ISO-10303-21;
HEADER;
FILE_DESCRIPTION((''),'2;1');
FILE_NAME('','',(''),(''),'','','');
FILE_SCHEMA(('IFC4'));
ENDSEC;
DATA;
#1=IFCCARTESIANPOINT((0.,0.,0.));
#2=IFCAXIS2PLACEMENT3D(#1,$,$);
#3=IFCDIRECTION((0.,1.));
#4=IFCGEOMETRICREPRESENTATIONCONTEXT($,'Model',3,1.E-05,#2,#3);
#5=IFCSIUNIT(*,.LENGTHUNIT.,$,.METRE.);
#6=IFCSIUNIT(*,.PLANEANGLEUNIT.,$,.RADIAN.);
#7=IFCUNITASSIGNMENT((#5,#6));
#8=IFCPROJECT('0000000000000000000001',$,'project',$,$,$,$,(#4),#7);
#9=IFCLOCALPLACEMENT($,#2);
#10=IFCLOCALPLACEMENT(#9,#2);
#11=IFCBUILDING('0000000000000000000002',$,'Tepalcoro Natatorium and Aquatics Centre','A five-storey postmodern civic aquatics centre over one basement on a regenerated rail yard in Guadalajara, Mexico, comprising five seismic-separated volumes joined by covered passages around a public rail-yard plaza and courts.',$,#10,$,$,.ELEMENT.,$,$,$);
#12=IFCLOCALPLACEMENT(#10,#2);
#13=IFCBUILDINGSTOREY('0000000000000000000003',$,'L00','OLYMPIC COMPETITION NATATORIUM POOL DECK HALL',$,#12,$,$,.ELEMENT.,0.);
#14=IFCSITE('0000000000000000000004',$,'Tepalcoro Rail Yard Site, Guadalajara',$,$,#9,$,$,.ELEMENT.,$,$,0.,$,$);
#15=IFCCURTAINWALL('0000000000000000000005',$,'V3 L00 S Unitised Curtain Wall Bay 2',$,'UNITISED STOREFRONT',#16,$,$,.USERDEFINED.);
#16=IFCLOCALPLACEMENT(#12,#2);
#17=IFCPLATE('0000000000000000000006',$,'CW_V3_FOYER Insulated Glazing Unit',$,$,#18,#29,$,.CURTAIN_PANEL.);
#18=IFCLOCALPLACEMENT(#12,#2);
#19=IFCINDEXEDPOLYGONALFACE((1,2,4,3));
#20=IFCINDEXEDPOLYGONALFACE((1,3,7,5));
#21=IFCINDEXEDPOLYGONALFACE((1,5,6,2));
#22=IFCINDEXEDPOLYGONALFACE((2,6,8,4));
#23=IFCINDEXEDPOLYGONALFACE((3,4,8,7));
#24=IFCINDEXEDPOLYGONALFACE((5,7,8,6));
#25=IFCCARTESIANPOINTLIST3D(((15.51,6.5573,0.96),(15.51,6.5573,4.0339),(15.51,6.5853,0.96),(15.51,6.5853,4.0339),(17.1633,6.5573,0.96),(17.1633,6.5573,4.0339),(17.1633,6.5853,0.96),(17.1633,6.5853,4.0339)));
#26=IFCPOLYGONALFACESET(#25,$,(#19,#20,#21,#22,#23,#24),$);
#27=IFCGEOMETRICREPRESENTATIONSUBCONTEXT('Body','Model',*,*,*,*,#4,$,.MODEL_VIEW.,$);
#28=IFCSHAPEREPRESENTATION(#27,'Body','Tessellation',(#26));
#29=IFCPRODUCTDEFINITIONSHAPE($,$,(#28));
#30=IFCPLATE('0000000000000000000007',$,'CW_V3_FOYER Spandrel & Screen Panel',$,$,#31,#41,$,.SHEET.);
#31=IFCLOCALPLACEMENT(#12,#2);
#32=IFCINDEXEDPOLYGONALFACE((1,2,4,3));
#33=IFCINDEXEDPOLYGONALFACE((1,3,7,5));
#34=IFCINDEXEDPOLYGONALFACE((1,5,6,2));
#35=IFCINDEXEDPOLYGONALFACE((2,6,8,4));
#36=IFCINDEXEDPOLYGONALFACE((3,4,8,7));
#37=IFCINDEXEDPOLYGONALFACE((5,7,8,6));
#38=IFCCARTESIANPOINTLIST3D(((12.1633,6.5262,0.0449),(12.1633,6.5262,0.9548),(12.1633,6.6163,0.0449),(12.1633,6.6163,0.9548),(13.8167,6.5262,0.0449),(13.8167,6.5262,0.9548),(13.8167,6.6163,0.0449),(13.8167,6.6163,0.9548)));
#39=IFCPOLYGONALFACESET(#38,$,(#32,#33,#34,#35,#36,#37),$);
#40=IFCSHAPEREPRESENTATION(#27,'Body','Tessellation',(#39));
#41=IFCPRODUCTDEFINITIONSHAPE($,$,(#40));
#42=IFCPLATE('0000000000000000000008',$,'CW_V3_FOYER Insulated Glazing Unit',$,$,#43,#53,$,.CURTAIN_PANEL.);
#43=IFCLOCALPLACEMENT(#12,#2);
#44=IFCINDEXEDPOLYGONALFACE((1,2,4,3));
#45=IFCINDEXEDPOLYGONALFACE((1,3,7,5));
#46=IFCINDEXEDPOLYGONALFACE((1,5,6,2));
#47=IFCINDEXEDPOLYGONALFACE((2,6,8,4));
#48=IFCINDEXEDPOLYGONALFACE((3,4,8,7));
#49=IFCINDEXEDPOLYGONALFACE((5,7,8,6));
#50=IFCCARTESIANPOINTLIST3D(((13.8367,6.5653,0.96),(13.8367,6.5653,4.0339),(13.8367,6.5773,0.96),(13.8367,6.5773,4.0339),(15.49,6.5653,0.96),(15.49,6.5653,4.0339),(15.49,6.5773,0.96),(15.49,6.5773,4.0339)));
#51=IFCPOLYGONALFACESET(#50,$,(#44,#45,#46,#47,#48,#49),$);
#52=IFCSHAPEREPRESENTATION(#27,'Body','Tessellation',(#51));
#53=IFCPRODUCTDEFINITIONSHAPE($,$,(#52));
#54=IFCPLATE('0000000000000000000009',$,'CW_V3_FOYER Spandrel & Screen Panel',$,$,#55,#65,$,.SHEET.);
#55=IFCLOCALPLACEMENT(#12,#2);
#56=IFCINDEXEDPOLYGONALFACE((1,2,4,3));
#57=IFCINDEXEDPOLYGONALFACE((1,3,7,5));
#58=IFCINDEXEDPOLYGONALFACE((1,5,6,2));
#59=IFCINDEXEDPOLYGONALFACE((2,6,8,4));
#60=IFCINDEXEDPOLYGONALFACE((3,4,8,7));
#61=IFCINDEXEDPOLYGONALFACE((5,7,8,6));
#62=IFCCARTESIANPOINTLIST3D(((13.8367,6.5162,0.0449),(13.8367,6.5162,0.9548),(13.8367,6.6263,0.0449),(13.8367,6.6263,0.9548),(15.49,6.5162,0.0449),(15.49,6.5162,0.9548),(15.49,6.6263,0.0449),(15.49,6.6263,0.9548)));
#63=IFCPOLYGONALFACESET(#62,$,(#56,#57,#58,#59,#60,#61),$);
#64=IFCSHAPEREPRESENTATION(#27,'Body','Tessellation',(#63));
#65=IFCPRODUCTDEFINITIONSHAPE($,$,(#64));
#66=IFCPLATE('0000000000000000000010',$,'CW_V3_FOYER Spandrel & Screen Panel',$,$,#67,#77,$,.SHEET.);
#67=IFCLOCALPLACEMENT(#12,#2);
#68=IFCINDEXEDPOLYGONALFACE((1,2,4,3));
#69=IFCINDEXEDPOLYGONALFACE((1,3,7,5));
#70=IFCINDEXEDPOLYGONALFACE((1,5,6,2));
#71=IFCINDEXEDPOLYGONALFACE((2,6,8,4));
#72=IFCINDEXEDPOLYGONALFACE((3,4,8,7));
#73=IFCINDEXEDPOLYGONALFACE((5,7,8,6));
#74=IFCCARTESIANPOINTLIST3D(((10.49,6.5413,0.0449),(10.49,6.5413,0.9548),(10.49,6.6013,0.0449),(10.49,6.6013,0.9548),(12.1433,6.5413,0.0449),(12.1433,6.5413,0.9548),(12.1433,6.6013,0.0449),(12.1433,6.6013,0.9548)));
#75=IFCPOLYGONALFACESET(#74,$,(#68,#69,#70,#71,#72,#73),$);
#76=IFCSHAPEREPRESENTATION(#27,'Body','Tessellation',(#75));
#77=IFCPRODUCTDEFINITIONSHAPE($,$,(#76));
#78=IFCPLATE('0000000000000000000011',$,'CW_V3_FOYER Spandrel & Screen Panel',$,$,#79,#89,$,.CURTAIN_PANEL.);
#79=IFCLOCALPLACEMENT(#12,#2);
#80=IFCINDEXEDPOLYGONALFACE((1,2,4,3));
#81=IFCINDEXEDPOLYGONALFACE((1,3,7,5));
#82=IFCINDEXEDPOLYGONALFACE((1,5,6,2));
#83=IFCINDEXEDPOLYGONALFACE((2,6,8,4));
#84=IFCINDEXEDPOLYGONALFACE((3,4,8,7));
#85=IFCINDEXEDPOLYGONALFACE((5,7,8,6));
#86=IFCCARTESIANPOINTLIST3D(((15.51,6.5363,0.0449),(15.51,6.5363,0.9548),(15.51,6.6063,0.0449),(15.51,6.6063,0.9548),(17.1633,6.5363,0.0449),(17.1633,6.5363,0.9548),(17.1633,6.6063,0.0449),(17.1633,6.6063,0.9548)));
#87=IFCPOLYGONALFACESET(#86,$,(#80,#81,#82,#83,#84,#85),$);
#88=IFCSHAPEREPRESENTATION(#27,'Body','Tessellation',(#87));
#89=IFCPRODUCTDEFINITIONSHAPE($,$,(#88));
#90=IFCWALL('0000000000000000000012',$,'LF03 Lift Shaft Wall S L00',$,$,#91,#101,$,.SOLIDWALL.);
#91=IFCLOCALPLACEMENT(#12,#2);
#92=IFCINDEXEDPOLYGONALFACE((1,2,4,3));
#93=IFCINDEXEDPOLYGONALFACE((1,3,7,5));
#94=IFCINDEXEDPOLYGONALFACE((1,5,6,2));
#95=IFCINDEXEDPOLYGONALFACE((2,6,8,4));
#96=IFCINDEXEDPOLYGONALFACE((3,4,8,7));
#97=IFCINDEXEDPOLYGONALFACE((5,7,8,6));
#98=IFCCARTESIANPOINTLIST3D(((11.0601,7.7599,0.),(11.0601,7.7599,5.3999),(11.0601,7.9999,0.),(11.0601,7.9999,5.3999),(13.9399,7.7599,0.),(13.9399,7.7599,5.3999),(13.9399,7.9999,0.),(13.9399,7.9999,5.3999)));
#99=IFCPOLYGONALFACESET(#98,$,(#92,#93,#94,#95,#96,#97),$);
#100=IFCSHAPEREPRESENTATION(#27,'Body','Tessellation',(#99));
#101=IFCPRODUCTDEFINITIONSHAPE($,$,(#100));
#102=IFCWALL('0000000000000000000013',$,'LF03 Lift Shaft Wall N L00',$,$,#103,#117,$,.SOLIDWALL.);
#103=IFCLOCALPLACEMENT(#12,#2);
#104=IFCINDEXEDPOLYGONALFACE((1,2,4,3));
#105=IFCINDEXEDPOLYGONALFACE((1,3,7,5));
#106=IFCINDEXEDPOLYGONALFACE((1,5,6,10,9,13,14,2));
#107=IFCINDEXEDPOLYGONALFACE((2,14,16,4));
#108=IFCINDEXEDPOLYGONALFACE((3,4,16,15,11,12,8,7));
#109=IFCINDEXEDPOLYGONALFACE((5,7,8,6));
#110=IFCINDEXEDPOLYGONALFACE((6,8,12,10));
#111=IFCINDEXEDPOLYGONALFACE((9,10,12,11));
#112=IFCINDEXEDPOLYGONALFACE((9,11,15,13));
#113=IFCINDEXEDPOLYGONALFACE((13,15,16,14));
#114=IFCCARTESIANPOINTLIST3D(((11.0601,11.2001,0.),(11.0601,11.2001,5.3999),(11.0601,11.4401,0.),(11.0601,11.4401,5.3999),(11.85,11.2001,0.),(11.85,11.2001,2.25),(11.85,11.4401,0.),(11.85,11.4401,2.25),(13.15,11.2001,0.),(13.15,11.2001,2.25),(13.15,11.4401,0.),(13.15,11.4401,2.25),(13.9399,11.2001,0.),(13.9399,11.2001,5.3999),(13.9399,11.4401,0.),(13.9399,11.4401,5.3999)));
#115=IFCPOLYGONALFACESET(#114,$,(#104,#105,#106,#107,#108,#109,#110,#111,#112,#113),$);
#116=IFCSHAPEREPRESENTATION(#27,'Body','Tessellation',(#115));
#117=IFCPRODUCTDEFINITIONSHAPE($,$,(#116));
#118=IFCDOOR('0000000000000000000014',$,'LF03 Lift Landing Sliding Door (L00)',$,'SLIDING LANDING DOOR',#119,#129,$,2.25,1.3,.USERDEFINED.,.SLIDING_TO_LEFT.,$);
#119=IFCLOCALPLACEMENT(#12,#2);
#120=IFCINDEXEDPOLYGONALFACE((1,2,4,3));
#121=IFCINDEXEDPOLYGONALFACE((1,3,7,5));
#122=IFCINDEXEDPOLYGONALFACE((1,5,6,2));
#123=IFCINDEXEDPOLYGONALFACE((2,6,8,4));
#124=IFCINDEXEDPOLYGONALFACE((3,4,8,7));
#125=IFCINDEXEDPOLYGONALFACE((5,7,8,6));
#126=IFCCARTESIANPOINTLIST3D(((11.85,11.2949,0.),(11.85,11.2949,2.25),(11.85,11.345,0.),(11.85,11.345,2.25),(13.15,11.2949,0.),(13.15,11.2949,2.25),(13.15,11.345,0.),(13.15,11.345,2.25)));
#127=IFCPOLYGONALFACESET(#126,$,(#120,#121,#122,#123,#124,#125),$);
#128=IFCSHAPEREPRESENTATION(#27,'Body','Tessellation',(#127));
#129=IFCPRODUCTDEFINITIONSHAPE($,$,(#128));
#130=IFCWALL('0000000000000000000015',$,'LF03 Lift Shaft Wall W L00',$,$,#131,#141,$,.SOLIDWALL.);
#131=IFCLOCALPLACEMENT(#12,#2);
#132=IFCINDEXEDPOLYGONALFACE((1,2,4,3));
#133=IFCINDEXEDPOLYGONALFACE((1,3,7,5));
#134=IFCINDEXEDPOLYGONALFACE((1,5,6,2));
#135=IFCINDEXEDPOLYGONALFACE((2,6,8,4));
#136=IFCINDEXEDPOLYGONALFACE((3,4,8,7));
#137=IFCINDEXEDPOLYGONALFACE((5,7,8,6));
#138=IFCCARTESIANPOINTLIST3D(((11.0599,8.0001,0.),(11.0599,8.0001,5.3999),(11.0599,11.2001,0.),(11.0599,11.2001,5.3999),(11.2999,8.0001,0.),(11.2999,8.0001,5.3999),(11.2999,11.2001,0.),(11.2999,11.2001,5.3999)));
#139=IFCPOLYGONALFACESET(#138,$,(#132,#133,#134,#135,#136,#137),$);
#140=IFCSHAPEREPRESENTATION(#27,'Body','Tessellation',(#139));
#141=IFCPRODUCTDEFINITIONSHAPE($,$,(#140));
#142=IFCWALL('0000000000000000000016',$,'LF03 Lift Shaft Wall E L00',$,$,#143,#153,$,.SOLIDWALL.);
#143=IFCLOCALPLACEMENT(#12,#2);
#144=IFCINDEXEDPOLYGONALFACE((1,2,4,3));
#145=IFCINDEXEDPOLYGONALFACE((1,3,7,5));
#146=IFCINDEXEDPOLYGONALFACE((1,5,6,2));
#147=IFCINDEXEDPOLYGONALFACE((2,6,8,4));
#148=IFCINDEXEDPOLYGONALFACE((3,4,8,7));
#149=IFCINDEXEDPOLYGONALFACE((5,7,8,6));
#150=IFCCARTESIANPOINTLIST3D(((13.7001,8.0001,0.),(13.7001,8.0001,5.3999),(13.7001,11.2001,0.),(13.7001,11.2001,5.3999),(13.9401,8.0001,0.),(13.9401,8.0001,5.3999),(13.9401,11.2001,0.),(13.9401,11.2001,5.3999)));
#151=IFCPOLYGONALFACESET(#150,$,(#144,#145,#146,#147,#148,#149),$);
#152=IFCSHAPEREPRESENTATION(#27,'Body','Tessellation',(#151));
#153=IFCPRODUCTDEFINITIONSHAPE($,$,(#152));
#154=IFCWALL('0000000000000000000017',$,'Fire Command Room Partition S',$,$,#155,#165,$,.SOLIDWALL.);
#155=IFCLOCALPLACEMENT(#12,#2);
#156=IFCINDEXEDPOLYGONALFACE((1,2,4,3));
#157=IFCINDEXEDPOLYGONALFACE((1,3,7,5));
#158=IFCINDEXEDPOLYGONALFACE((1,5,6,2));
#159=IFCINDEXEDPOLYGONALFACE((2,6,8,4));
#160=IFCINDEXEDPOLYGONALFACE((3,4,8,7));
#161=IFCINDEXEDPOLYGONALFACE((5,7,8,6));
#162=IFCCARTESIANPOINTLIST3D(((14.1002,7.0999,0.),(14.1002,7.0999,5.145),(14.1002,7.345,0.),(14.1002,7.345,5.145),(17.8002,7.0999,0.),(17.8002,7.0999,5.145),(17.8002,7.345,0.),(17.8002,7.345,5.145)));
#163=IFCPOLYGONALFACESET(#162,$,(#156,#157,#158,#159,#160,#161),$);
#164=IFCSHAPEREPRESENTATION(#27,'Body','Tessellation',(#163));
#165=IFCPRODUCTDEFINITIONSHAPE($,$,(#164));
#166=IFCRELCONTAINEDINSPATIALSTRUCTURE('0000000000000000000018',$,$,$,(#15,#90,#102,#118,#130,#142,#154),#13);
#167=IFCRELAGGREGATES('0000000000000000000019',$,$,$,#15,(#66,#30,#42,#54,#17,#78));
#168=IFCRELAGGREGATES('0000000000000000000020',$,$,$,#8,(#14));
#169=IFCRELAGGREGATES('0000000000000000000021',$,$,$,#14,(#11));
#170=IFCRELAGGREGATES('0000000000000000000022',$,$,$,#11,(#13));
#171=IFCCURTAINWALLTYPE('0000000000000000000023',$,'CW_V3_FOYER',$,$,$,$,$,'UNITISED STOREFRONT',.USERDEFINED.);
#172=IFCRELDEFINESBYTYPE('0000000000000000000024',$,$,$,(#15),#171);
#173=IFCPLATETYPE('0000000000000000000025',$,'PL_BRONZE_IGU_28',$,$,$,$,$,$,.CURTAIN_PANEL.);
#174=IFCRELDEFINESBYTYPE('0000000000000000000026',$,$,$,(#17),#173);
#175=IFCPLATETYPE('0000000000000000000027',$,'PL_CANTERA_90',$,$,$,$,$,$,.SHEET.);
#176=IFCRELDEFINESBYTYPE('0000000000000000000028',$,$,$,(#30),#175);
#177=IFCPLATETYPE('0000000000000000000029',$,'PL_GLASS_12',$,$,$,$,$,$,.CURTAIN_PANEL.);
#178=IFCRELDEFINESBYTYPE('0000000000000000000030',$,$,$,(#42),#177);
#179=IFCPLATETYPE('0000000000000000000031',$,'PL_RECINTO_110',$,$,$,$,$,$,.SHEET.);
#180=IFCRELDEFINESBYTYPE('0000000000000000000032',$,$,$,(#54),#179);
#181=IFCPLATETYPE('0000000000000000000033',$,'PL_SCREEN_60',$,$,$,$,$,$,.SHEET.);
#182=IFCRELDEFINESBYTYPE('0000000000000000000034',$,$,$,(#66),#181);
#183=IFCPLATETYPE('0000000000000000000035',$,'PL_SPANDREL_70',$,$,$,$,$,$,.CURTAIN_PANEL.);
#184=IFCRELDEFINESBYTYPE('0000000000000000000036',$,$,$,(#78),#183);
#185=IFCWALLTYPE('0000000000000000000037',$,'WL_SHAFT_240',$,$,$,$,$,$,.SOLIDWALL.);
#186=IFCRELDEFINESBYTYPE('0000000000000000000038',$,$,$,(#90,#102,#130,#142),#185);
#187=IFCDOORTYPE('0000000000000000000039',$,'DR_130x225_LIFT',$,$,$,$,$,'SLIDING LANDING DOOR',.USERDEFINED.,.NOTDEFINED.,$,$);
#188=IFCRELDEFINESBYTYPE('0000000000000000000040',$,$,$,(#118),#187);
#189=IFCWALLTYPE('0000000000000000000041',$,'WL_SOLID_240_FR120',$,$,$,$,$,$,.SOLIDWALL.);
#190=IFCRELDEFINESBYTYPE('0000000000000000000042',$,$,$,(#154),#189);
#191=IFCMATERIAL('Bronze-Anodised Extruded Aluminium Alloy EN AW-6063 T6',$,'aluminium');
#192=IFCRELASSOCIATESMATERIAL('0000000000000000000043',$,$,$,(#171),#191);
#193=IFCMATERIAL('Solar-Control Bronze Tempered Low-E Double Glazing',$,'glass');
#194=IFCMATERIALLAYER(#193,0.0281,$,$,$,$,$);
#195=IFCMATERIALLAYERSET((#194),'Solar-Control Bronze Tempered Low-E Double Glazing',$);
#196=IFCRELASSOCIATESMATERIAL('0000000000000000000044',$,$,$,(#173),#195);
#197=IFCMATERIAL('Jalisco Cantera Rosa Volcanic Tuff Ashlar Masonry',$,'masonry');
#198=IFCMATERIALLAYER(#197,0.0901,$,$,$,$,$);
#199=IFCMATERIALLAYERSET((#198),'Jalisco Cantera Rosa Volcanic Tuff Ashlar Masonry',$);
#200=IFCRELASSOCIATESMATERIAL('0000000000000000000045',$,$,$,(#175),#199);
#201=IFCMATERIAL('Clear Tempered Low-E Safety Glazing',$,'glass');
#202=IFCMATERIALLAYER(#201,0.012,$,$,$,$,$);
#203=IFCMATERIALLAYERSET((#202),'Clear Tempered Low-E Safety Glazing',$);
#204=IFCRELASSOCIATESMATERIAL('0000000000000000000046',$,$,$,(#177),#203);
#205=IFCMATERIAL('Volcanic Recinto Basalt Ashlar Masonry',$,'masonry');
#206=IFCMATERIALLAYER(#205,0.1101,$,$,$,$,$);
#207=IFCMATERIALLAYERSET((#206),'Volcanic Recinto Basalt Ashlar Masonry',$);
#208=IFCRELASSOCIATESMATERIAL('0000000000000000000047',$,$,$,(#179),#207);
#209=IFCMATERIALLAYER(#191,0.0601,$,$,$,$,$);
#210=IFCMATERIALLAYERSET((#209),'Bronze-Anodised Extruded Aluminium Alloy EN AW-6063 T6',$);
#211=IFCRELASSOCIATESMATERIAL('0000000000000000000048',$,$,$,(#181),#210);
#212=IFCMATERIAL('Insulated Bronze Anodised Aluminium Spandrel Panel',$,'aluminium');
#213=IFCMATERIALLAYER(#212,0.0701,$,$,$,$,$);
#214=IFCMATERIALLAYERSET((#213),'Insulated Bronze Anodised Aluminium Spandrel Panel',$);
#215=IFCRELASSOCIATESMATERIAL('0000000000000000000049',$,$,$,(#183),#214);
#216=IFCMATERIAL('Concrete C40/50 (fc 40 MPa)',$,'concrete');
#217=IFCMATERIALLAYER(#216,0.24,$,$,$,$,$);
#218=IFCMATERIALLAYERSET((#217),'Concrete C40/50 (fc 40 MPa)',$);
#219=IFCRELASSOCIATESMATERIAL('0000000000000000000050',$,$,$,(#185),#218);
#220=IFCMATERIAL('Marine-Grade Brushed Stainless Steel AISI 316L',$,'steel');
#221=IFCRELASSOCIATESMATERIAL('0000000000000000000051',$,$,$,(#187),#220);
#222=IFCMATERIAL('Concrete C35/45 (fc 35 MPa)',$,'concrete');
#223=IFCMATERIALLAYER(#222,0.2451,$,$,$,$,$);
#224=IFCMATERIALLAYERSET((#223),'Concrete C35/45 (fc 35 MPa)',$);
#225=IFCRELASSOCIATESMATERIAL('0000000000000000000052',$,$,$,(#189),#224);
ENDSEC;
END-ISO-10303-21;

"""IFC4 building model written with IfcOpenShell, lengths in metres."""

from ifc_helpers import new_model, si_unit, direction, frame, frame_2d, origin, origin_2d, place, context, subcontext, project, spatial, rectangle, extrude, material, layer, layer_set, type_object, element, fill, aggregate, save


model = new_model("IFC4")

# Units and contexts
model_context = context("Model", 3, precision=1e-05, world=origin(), true_north=direction((0.0, 1.0)))
body_context = subcontext(model_context, "Body", "Model", "MODEL_VIEW")
ifc_project = project(units=[si_unit("LENGTHUNIT", "METRE"), si_unit("PLANEANGLEUNIT", "RADIAN")], contexts=[model_context])

# Site, building, storey
site_placement = place(None, origin())
site = spatial("IfcSite", under=ifc_project, at=site_placement, Name="Tepalcoro Rail Yard Site, Guadalajara", CompositionType="ELEMENT", RefElevation=0.0)
building_placement = place(site_placement, origin())
building = spatial("IfcBuilding", under=site, at=building_placement, Name="Tepalcoro Natatorium and Aquatics Centre", Description="A five-storey postmodern civic aquatics centre over one basement on a regenerated rail yard in Guadalajara, Mexico, comprising five seismic-separated volumes joined by covered passages around a public rail-yard plaza and courts.", CompositionType="ELEMENT")
storey_placement = place(building_placement, origin())
storey = spatial("IfcBuildingStorey", under=building, at=storey_placement, Name="L00", Description="OLYMPIC COMPETITION NATATORIUM POOL DECK HALL", CompositionType="ELEMENT", Elevation=0.0)

# Shared definitions
ifc_material_1 = material(Name="Concrete C40/50 (fc 40 MPa)", Category="concrete")

# Curtain wall
ifc_material_2 = material(Name="Bronze-Anodised Extruded Aluminium Alloy EN AW-6063 T6", Category="aluminium")
curtain_wall_type = type_object("IfcCurtainWallType", Name="CW_V3_FOYER", ElementType="UNITISED STOREFRONT", PredefinedType="USERDEFINED", material=ifc_material_2)
curtain_wall_placement = place(storey_placement, origin())
curtain_wall = element("IfcCurtainWall", 1, at=curtain_wall_placement, inside=storey, type_object=curtain_wall_type, Name="V3 L00 S Unitised Curtain Wall Bay 2", ObjectType="UNITISED STOREFRONT", PredefinedType="USERDEFINED")

# Plates
ifc_material_3 = material(Name="Solar-Control Bronze Tempered Low-E Double Glazing", Category="glass")
ifc_layer_1 = layer(ifc_material_3, 0.0281)
ifc_layer_set_1 = layer_set([ifc_layer_1], Name="Solar-Control Bronze Tempered Low-E Double Glazing")
plate_type_1 = type_object("IfcPlateType", Name="PL_BRONZE_IGU_28", PredefinedType="CURTAIN_PANEL", material=ifc_layer_set_1)
plate_1_placement = place(storey_placement, frame((16.3367, 6.5713, 0.96), z_axis=(0.0, 0.0, 1.0), x_axis=(1.0, 0.0, 0.0)))
plate_1 = element("IfcPlate", 2, at=plate_1_placement, type_object=plate_type_1, Name="CW_V3_FOYER Insulated Glazing Unit", PredefinedType="CURTAIN_PANEL", context=body_context, shape_type="SweptSolid", body=[
    extrude(rectangle(XDim=1.6533, YDim=0.0281, at=origin_2d()), origin(), (0.0, 0.0, 1.0), 3.074),
])
ifc_material_4 = material(Name="Jalisco Cantera Rosa Volcanic Tuff Ashlar Masonry", Category="masonry")
ifc_layer_2 = layer(ifc_material_4, 0.0901)
ifc_layer_set_2 = layer_set([ifc_layer_2], Name="Jalisco Cantera Rosa Volcanic Tuff Ashlar Masonry")
plate_type_2 = type_object("IfcPlateType", Name="PL_CANTERA_90", PredefinedType="SHEET", material=ifc_layer_set_2)
plate_2_placement = place(storey_placement, frame((12.99, 6.5713, 0.0449), z_axis=(0.0, 0.0, 1.0), x_axis=(1.0, 0.0, 0.0)))
plate_2 = element("IfcPlate", 3, at=plate_2_placement, type_object=plate_type_2, Name="CW_V3_FOYER Spandrel & Screen Panel", PredefinedType="SHEET", context=body_context, shape_type="SweptSolid", body=[
    extrude(rectangle(XDim=1.6533, YDim=0.0901, at=origin_2d()), origin(), (0.0, 0.0, 1.0), 0.9099),
])
ifc_material_5 = material(Name="Clear Tempered Low-E Safety Glazing", Category="glass")
ifc_layer_3 = layer(ifc_material_5, 0.012)
ifc_layer_set_3 = layer_set([ifc_layer_3], Name="Clear Tempered Low-E Safety Glazing")
plate_type_3 = type_object("IfcPlateType", Name="PL_GLASS_12", PredefinedType="CURTAIN_PANEL", material=ifc_layer_set_3)
plate_3_placement = place(storey_placement, frame((14.6633, 6.5713, 0.96), z_axis=(0.0, 0.0, 1.0), x_axis=(1.0, 0.0, 0.0)))
plate_3 = element("IfcPlate", 4, at=plate_3_placement, type_object=plate_type_3, Name="CW_V3_FOYER Insulated Glazing Unit", PredefinedType="CURTAIN_PANEL", context=body_context, shape_type="SweptSolid", body=[
    extrude(rectangle(XDim=1.6533, YDim=0.012, at=origin_2d()), origin(), (0.0, 0.0, 1.0), 3.074),
])
ifc_material_6 = material(Name="Volcanic Recinto Basalt Ashlar Masonry", Category="masonry")
ifc_layer_4 = layer(ifc_material_6, 0.1101)
ifc_layer_set_4 = layer_set([ifc_layer_4], Name="Volcanic Recinto Basalt Ashlar Masonry")
plate_type_4 = type_object("IfcPlateType", Name="PL_RECINTO_110", PredefinedType="SHEET", material=ifc_layer_set_4)
plate_4_placement = place(storey_placement, frame((14.6633, 6.5713, 0.0449), z_axis=(0.0, 0.0, 1.0), x_axis=(1.0, 0.0, 0.0)))
plate_4 = element("IfcPlate", 5, at=plate_4_placement, type_object=plate_type_4, Name="CW_V3_FOYER Spandrel & Screen Panel", PredefinedType="SHEET", context=body_context, shape_type="SweptSolid", body=[
    extrude(rectangle(XDim=1.6533, YDim=0.1101, at=origin_2d()), origin(), (0.0, 0.0, 1.0), 0.9099),
])
ifc_layer_5 = layer(ifc_material_2, 0.0601)
ifc_layer_set_5 = layer_set([ifc_layer_5], Name="Bronze-Anodised Extruded Aluminium Alloy EN AW-6063 T6")
plate_type_5 = type_object("IfcPlateType", Name="PL_SCREEN_60", PredefinedType="SHEET", material=ifc_layer_set_5)
plate_5_placement = place(storey_placement, frame((11.3167, 6.5713, 0.0449), z_axis=(0.0, 0.0, 1.0), x_axis=(1.0, 0.0, 0.0)))
plate_5 = element("IfcPlate", 6, at=plate_5_placement, type_object=plate_type_5, Name="CW_V3_FOYER Spandrel & Screen Panel", PredefinedType="SHEET", context=body_context, shape_type="SweptSolid", body=[
    extrude(rectangle(XDim=1.6533, YDim=0.0601, at=origin_2d()), origin(), (0.0, 0.0, 1.0), 0.9099),
])
ifc_material_7 = material(Name="Insulated Bronze Anodised Aluminium Spandrel Panel", Category="aluminium")
ifc_layer_6 = layer(ifc_material_7, 0.0701)
ifc_layer_set_6 = layer_set([ifc_layer_6], Name="Insulated Bronze Anodised Aluminium Spandrel Panel")
plate_type_6 = type_object("IfcPlateType", Name="PL_SPANDREL_70", PredefinedType="CURTAIN_PANEL", material=ifc_layer_set_6)
plate_6_placement = place(storey_placement, frame((16.3367, 6.5713, 0.0449), z_axis=(0.0, 0.0, 1.0), x_axis=(1.0, 0.0, 0.0)))
plate_6 = element("IfcPlate", 7, at=plate_6_placement, type_object=plate_type_6, Name="CW_V3_FOYER Spandrel & Screen Panel", PredefinedType="CURTAIN_PANEL", context=body_context, shape_type="SweptSolid", body=[
    extrude(rectangle(XDim=1.6533, YDim=0.0701, at=origin_2d()), origin(), (0.0, 0.0, 1.0), 0.9099),
])
aggregate(curtain_wall, [plate_5, plate_2, plate_3, plate_4, plate_1, plate_6])

# Wall
ifc_layer_7 = layer(ifc_material_1, 0.24)
ifc_layer_set_7 = layer_set([ifc_layer_7], Name="Concrete C40/50 (fc 40 MPa)")
wall_type_1 = type_object("IfcWallType", Name="WL_SHAFT_240", PredefinedType="SOLIDWALL", material=ifc_layer_set_7)
wall_1_placement = place(storey_placement, frame((11.0601, 7.8799, 0.0), z_axis=(0.0, 0.0, 1.0), x_axis=(1.0, 0.0, 0.0)))
element("IfcWall", 8, at=wall_1_placement, inside=storey, type_object=wall_type_1, Name="LF03 Lift Shaft Wall S L00", PredefinedType="SOLIDWALL", context=body_context, shape_type="SweptSolid", body=[
    extrude(rectangle(XDim=2.8799, YDim=0.24, at=frame_2d((1.4399, 0.0))), origin(), (0.0, 0.0, 1.0), 5.3999),
])

# Wall, opening, door
wall_2_placement = place(storey_placement, frame((11.0601, 11.3201, 0.0), z_axis=(0.0, 0.0, 1.0), x_axis=(1.0, 0.0, 0.0)))
wall_2 = element("IfcWall", 9, at=wall_2_placement, inside=storey, type_object=wall_type_1, Name="LF03 Lift Shaft Wall N L00", PredefinedType="SOLIDWALL", context=body_context, shape_type="SweptSolid", body=[
    extrude(rectangle(XDim=2.8799, YDim=0.24, at=frame_2d((1.4399, 0.0))), origin(), (0.0, 0.0, 1.0), 5.3999),
])
opening_1_placement = place(wall_2_placement, frame((0.79, 0.0, 0.0)))
opening_1 = element("IfcOpeningElement", 10, at=opening_1_placement, cuts=wall_2, PredefinedType="OPENING", context=body_context, shape_type="SweptSolid", body=[
    extrude(rectangle(XDim=1.3, YDim=2.25, at=frame_2d((0.6499, 1.125))), frame((0.0, 0.1318, 0.0), z_axis=(0.0, -1.0, 0.0), x_axis=(1.0, 0.0, 0.0)), (0.0, 0.0, 1.0), 0.2639),
])
ifc_material_8 = material(Name="Marine-Grade Brushed Stainless Steel AISI 316L", Category="steel")
door_type_1 = type_object("IfcDoorType", Name="DR_130x225_LIFT", ElementType="SLIDING LANDING DOOR", OperationType="NOTDEFINED", PredefinedType="USERDEFINED", material=ifc_material_8)
door_1_placement = place(opening_1_placement, origin())
door_1 = element("IfcDoor", 11, at=door_1_placement, inside=storey, type_object=door_type_1, Name="LF03 Lift Landing Sliding Door (L00)", ObjectType="SLIDING LANDING DOOR", OperationType="SLIDING_TO_LEFT", OverallHeight=2.25, OverallWidth=1.3, PredefinedType="USERDEFINED", context=body_context, shape_type="SweptSolid", body=[
    extrude(rectangle(XDim=1.3, YDim=2.25, at=frame_2d((0.6499, 1.125))), frame((0.0, 0.0249, 0.0), z_axis=(0.0, -1.0, 0.0), x_axis=(1.0, 0.0, 0.0)), (0.0, 0.0, 1.0), 0.05),
])
fill(opening_1, door_1)

# Walls
for number, where, z_axis, x_axis, name in (
    (12, (11.1799, 8.0, 0.0), (0.0, 0.0, 1.0), (0.0, 1.0, 0.0), "LF03 Lift Shaft Wall W L00"),
    (13, (13.8201, 8.0, 0.0), (0.0, 0.0, 1.0), (0.0, 1.0, 0.0), "LF03 Lift Shaft Wall E L00"),
):
    element("IfcWall", number, at=place(storey_placement, frame(where, z_axis=z_axis, x_axis=x_axis)), inside=storey, type_object=wall_type_1, Name=name, PredefinedType="SOLIDWALL", context=body_context, shape_type="SweptSolid", body=[
        extrude(rectangle(XDim=3.2, YDim=0.24, at=frame_2d((1.6001, 0.0))), origin(), (0.0, 0.0, 1.0), 5.3999),
    ])
ifc_material_9 = material(Name="Concrete C35/45 (fc 35 MPa)", Category="concrete")
ifc_layer_8 = layer(ifc_material_9, 0.2451)
ifc_layer_set_8 = layer_set([ifc_layer_8], Name="Concrete C35/45 (fc 35 MPa)")
wall_type_2 = type_object("IfcWallType", Name="WL_SOLID_240_FR120", PredefinedType="SOLIDWALL", material=ifc_layer_set_8)
wall_3_placement = place(storey_placement, frame((14.1001, 7.2224, 0.0), z_axis=(0.0, 0.0, 1.0), x_axis=(1.0, 0.0, 0.0)))
element("IfcWall", 14, at=wall_3_placement, inside=storey, type_object=wall_type_2, Name="Fire Command Room Partition S", PredefinedType="SOLIDWALL", context=body_context, shape_type="SweptSolid", body=[
    extrude(rectangle(XDim=3.7, YDim=0.2451, at=frame_2d((1.8501, 0.0))), origin(), (0.0, 0.0, 1.0), 5.145),
])

save(model, "model.ifc")
